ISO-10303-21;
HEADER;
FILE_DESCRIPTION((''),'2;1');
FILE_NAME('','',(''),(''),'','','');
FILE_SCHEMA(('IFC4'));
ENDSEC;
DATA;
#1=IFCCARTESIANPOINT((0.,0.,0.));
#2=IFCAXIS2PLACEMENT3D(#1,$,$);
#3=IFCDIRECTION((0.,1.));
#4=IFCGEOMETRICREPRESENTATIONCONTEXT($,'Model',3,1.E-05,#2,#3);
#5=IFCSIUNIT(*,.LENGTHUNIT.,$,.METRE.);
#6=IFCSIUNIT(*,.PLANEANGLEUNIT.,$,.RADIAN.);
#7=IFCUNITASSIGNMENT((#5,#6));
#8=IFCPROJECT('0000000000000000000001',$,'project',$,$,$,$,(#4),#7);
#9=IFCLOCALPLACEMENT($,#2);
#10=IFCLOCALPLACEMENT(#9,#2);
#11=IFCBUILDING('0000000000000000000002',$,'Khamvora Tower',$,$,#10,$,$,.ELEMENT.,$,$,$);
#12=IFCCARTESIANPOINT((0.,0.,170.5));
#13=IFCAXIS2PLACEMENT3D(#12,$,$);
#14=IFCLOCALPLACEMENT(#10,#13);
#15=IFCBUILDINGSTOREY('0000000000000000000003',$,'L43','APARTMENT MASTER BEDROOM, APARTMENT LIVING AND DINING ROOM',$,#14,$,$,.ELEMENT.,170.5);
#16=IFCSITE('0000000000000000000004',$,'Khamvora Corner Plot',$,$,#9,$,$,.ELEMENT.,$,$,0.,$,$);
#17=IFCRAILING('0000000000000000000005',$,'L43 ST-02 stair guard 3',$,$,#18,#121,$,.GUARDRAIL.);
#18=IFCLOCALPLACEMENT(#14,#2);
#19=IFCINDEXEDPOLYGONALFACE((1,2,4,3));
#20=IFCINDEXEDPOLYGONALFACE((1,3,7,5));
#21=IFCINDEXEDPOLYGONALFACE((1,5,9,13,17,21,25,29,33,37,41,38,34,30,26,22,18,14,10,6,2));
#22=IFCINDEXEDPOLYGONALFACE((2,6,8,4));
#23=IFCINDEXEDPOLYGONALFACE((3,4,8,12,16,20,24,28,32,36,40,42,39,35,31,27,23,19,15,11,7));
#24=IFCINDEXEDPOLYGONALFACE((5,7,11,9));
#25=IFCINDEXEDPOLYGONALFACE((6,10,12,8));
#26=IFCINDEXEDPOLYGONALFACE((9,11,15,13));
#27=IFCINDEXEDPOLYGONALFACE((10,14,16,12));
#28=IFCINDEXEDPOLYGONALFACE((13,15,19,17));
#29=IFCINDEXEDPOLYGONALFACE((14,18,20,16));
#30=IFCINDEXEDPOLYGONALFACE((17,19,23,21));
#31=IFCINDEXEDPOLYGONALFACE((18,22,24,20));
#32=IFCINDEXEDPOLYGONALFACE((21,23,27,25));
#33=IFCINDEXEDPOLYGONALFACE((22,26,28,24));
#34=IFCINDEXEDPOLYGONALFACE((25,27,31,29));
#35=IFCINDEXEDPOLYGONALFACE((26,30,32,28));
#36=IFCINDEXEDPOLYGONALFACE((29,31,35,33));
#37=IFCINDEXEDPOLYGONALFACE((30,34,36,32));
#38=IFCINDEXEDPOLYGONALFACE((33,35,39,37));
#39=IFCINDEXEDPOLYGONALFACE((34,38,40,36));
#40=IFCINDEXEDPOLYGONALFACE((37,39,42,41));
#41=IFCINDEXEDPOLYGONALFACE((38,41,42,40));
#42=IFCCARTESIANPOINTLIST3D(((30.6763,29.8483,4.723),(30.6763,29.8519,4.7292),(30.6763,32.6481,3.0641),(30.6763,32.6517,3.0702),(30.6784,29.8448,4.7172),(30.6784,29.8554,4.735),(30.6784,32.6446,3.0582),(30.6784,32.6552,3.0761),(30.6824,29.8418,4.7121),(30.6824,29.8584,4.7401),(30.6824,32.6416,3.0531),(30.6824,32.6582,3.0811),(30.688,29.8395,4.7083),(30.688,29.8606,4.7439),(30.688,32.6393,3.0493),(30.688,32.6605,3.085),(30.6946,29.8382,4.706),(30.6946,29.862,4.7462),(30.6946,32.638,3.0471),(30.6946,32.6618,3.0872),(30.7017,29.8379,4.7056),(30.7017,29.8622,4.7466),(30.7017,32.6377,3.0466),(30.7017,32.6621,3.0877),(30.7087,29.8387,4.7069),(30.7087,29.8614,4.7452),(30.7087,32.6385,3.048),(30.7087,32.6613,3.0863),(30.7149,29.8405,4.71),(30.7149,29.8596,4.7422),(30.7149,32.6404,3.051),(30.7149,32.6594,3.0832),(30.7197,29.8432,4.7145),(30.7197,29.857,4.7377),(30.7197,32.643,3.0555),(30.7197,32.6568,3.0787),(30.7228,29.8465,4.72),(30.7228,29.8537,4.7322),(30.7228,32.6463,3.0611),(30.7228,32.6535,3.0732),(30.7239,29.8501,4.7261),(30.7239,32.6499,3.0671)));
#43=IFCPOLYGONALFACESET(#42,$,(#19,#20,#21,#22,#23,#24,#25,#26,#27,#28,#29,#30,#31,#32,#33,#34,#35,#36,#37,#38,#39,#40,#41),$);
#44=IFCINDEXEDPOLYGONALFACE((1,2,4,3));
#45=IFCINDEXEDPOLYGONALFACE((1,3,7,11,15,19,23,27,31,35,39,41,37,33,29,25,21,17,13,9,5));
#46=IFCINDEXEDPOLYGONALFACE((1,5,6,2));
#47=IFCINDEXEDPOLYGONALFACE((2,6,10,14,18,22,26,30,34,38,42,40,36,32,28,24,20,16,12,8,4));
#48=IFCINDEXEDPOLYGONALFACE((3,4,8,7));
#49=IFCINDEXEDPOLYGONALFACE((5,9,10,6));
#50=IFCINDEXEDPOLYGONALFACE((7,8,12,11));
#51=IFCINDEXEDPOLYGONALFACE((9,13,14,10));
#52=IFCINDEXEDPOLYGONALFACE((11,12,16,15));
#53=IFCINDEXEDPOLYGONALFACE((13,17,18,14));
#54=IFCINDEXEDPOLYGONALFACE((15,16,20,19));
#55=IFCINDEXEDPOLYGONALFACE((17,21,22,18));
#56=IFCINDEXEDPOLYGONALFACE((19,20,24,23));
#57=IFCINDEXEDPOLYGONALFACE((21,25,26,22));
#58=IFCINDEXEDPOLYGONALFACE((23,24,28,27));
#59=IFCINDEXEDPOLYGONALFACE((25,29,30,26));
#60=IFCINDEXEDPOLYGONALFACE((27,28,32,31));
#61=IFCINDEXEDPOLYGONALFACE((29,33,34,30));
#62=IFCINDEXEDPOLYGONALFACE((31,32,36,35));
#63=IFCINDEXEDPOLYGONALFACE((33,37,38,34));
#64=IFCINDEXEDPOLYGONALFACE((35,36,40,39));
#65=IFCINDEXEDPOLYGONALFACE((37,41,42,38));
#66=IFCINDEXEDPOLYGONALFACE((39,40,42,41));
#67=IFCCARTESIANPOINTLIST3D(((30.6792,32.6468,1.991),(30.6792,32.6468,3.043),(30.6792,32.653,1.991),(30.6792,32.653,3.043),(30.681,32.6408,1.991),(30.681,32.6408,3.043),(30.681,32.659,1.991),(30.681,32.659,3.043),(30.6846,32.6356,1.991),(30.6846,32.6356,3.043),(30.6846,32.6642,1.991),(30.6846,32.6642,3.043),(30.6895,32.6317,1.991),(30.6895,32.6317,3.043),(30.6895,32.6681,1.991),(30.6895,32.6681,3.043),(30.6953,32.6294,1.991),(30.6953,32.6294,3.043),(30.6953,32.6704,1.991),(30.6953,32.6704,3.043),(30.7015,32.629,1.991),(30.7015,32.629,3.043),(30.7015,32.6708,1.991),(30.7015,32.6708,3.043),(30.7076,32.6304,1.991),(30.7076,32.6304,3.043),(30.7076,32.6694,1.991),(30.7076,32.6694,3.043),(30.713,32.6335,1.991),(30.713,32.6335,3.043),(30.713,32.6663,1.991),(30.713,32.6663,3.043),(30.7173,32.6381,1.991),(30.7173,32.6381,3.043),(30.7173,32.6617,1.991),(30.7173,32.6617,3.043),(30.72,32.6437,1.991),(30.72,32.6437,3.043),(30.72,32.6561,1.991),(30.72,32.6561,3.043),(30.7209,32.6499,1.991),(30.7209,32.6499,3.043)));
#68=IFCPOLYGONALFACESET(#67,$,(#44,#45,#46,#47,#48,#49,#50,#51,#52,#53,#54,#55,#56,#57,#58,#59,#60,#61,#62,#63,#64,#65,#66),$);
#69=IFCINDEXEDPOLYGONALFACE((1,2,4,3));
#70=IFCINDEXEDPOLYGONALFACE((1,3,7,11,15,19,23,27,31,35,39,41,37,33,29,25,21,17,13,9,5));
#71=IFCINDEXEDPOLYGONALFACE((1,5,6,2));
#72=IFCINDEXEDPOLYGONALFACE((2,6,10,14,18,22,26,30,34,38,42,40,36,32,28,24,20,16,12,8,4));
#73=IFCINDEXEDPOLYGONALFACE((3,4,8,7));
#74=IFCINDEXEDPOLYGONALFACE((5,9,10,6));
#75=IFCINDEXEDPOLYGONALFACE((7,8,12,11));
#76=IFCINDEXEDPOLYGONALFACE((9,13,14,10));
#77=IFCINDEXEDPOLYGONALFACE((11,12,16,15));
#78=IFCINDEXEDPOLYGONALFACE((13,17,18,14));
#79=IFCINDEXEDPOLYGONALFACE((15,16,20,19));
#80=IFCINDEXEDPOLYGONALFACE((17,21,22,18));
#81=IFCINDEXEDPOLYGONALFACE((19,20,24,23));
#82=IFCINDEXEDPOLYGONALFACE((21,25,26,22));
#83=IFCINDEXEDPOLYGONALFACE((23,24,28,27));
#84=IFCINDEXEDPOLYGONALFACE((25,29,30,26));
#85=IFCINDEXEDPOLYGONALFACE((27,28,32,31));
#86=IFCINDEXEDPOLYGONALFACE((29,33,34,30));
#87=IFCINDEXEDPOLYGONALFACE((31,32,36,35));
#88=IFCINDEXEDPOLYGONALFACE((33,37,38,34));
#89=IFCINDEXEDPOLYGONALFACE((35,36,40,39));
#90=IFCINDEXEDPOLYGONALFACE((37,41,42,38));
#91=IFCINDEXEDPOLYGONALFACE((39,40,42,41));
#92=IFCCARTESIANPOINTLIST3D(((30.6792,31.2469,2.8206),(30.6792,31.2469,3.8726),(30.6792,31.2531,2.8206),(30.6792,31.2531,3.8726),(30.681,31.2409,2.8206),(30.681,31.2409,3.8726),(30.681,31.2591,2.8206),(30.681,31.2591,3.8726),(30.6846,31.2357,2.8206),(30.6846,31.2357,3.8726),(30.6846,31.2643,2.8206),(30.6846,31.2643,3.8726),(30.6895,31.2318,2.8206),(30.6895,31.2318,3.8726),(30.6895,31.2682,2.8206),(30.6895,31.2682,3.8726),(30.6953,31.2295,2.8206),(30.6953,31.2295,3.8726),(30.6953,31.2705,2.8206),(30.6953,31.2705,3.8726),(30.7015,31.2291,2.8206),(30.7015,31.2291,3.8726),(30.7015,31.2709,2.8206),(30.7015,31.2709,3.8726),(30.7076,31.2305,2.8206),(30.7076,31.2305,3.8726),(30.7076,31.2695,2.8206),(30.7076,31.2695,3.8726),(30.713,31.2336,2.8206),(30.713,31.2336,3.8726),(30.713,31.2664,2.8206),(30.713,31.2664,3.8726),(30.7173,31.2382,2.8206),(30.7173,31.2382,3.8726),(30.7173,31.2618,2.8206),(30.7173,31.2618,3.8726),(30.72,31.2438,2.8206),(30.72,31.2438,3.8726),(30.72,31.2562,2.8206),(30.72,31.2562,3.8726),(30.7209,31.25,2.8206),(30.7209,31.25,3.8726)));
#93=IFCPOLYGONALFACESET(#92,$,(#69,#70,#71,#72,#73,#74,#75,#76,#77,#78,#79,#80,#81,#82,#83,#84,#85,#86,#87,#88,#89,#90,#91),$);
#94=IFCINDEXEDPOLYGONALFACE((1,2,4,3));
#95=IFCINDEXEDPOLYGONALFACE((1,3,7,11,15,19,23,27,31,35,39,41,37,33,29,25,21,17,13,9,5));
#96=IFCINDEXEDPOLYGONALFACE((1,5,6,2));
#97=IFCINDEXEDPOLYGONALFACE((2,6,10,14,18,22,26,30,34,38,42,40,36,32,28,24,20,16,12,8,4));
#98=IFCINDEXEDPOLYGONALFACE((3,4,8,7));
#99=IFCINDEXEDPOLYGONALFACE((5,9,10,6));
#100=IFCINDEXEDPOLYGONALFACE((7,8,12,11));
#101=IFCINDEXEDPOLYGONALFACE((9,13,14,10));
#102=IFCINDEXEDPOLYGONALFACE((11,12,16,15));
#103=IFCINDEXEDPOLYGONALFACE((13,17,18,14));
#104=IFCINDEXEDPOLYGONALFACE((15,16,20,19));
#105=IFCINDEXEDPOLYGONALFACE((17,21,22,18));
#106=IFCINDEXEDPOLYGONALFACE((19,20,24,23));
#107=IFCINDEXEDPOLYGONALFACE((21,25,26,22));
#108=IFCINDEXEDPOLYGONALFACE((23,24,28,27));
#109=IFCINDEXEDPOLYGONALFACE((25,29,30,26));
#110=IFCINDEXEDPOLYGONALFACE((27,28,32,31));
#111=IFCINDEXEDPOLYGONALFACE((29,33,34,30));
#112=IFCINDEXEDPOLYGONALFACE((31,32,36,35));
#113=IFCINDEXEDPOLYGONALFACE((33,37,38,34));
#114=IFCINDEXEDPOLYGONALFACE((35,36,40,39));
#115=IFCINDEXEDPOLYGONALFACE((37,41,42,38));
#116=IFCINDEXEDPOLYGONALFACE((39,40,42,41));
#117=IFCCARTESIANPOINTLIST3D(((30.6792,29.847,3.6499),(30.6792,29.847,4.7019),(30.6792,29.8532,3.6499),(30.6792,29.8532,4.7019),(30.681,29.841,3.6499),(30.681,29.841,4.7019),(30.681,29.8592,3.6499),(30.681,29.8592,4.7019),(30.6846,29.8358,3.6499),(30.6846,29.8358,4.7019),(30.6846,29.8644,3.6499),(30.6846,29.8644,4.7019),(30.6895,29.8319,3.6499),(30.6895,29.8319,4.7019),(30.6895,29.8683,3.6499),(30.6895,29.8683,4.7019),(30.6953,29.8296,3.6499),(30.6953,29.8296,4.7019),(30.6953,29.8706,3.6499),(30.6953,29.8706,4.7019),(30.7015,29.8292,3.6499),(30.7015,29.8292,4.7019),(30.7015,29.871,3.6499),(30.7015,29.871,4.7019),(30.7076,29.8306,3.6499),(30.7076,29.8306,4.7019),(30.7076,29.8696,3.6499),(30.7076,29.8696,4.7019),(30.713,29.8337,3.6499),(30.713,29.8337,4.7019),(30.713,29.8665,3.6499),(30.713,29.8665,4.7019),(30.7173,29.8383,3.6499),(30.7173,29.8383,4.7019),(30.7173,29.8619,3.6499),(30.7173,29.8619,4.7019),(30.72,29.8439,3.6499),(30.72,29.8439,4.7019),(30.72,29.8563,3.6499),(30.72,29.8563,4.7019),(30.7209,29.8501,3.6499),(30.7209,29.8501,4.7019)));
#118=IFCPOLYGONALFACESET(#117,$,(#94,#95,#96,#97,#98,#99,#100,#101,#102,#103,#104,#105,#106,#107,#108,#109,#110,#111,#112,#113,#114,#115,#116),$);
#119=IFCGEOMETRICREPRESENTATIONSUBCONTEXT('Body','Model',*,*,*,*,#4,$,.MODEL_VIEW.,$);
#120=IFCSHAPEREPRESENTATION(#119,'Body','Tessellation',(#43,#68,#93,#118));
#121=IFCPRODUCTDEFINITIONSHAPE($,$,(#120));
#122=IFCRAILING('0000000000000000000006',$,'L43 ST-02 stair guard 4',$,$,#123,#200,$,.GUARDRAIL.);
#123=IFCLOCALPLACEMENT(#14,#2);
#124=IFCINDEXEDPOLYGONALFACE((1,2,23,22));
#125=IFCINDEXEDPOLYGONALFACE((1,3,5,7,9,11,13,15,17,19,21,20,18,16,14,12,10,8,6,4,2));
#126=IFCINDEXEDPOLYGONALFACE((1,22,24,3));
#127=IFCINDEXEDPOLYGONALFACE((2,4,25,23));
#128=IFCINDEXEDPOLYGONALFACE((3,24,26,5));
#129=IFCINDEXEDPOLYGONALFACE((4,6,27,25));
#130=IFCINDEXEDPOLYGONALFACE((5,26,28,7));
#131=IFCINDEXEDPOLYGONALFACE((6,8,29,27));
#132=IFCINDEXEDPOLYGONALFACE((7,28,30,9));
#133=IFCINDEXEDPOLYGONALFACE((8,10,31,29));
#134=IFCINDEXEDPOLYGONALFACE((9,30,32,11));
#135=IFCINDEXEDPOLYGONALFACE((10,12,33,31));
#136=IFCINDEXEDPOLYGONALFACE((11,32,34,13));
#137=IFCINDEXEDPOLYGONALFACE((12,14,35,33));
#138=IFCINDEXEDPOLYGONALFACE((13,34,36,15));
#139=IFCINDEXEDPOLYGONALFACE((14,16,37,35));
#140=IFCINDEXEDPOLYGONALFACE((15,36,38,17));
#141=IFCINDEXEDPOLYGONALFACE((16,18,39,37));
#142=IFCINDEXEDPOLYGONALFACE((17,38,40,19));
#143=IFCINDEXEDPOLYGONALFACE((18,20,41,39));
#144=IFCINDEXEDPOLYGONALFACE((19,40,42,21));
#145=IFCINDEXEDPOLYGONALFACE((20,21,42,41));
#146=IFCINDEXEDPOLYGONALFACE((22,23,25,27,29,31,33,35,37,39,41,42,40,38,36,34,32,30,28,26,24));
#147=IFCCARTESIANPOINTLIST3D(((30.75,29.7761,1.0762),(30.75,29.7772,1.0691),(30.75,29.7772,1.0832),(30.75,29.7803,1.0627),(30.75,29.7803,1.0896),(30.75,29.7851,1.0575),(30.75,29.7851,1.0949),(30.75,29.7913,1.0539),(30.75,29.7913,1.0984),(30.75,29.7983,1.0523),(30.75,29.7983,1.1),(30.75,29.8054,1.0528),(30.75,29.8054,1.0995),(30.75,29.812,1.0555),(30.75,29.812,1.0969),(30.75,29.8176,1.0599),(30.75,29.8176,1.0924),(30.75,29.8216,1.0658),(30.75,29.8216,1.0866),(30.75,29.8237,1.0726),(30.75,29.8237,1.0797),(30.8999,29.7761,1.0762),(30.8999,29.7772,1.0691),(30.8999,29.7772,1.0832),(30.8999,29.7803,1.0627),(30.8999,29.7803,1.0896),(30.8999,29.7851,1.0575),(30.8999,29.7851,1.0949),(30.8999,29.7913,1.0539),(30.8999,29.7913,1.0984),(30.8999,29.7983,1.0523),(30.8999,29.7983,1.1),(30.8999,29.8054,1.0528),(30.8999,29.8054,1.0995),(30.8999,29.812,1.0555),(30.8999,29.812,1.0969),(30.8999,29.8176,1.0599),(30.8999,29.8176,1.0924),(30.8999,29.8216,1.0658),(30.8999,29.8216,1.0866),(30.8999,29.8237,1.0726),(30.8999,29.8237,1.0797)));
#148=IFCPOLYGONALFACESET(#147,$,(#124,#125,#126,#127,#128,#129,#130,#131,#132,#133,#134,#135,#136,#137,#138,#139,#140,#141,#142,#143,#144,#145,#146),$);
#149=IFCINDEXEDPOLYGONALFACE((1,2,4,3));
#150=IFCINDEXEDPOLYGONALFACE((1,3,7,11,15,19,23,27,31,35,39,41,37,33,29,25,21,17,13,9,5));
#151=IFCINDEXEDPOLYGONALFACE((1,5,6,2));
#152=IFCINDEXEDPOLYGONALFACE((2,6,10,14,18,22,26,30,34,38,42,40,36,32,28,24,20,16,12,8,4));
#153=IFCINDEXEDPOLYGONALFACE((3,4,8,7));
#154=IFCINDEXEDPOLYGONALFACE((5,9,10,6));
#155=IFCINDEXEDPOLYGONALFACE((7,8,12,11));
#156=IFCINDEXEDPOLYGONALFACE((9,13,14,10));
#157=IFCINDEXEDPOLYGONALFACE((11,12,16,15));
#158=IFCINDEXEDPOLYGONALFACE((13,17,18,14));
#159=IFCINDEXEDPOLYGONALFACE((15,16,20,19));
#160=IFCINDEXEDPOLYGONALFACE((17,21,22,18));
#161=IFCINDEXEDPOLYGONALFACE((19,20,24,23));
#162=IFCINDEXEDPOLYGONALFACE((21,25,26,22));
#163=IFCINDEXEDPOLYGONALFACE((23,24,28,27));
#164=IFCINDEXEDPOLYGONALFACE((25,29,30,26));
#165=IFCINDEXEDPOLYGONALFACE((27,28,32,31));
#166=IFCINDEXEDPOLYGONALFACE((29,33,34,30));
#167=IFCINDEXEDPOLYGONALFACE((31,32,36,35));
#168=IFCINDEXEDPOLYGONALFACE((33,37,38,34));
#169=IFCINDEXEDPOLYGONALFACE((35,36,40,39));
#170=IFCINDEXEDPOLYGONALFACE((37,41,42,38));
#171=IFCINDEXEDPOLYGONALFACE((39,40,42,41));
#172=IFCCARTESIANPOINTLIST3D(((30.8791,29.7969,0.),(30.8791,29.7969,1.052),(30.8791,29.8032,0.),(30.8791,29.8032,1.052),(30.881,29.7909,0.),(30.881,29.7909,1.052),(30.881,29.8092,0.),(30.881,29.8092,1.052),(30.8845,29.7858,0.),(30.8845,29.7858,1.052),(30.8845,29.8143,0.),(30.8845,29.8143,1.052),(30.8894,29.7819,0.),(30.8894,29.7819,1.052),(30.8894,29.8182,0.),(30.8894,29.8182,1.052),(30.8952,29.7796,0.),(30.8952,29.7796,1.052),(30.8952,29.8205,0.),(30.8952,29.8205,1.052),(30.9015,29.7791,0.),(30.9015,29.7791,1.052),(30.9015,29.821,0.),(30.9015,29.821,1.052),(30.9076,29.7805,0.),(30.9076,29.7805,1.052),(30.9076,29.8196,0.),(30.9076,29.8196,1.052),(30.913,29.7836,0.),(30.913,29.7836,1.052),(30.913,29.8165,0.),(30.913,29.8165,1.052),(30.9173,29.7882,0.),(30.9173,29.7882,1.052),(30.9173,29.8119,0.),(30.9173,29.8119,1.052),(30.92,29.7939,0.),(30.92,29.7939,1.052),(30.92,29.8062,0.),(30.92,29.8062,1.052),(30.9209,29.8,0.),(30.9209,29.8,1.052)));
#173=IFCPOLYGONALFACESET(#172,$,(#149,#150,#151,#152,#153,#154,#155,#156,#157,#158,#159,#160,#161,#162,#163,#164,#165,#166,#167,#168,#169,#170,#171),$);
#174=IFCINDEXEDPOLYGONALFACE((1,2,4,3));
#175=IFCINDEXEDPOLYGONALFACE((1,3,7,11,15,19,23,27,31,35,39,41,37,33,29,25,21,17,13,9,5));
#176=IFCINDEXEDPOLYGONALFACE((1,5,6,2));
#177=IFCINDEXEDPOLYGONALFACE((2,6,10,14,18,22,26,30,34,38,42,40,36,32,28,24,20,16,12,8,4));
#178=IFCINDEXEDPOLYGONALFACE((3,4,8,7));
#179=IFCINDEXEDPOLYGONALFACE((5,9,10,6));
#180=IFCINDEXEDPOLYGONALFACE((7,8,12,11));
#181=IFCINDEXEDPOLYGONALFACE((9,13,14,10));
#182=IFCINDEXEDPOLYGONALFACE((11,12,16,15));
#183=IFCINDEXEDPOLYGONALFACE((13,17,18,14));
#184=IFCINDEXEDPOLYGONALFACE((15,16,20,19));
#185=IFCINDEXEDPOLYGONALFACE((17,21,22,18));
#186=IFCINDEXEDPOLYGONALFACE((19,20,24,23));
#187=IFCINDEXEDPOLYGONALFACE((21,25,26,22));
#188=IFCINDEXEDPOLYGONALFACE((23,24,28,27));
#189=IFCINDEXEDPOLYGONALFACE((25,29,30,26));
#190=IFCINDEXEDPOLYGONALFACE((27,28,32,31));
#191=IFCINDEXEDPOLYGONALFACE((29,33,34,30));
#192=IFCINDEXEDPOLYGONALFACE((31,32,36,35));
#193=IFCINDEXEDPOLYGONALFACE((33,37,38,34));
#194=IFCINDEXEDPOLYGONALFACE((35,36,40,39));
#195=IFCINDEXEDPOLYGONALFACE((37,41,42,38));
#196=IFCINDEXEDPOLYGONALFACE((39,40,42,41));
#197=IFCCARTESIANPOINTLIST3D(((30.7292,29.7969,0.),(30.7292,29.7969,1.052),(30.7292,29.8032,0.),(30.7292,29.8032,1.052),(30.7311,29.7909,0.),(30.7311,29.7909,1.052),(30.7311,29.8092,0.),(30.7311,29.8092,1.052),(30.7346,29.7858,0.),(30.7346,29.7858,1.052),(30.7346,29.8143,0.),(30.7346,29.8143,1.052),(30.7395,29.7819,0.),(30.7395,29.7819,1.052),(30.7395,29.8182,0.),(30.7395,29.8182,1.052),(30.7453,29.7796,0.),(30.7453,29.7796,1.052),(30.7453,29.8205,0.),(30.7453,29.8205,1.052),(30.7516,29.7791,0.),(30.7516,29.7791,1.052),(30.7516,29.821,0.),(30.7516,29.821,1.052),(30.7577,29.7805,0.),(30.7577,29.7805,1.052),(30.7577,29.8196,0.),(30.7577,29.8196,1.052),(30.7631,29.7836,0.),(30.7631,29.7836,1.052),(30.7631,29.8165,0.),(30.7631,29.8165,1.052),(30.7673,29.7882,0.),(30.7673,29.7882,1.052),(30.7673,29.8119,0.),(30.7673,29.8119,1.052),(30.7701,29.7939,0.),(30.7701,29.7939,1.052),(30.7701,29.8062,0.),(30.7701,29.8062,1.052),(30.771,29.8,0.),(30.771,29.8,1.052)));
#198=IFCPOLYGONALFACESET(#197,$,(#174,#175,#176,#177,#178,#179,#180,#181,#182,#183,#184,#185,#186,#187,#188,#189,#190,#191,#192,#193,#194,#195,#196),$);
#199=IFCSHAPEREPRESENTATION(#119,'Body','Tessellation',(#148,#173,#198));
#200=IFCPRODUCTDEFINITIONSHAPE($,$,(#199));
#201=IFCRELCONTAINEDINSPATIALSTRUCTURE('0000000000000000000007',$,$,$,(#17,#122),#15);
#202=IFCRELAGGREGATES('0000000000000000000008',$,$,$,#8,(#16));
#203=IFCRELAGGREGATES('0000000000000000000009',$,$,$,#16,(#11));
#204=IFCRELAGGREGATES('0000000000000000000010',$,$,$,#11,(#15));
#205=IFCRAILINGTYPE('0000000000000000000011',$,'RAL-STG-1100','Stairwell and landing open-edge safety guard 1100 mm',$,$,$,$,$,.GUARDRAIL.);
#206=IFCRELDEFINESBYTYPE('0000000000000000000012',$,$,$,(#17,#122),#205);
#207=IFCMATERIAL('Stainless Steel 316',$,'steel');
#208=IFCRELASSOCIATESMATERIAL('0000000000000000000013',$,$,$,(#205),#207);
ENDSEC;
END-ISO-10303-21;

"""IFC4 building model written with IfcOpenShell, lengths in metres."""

from ifc_helpers import new_model, si_unit, direction, frame, origin, origin_2d, place, context, subcontext, project, spatial, circle, extrude, material, type_object, element, save


model = new_model("IFC4")

# Units and contexts
model_context = context("Model", 3, precision=1e-05, world=origin(), true_north=direction((0.0, 1.0)))
body_context = subcontext(model_context, "Body", "Model", "MODEL_VIEW")
ifc_project = project(units=[si_unit("LENGTHUNIT", "METRE"), si_unit("PLANEANGLEUNIT", "RADIAN")], contexts=[model_context])

# Site, building, storey
site_placement = place(None, origin())
site = spatial("IfcSite", under=ifc_project, at=site_placement, Name="Khamvora Corner Plot", CompositionType="ELEMENT", RefElevation=0.0)
building_placement = place(site_placement, origin())
building = spatial("IfcBuilding", under=site, at=building_placement, Name="Khamvora Tower", CompositionType="ELEMENT")
storey_placement = place(building_placement, frame((0.0, 0.0, 170.5)))
storey = spatial("IfcBuildingStorey", under=building, at=storey_placement, Name="L43", Description="APARTMENT MASTER BEDROOM, APARTMENT LIVING AND DINING ROOM", CompositionType="ELEMENT", Elevation=170.5)

# Railings
ifc_material_1 = material(Name="Stainless Steel 316", Category="steel")
railing_type_1 = type_object("IfcRailingType", Name="RAL-STG-1100", Description="Stairwell and landing open-edge safety guard 1100 mm", PredefinedType="GUARDRAIL", material=ifc_material_1)
railing_1_placement = place(storey_placement, frame((30.7, 32.6499, 1.991)))
element("IfcRailing", 1, at=railing_1_placement, inside=storey, type_object=railing_type_1, Name="L43 ST-02 stair guard 3", PredefinedType="GUARDRAIL", context=body_context, shape_type="SweptSolid", body=[
    extrude(circle(Radius=0.0239, at=origin_2d()), frame((0.0, 0.0, 1.0762), z_axis=(0.0, -0.86032, 0.509755), x_axis=(1.0, 0.0, 0.0)), (0.0, 0.0, 1.0), 3.2544),
    extrude(circle(Radius=0.021, at=origin_2d()), origin(), (0.0, 0.0, 1.0), 1.052),
    extrude(circle(Radius=0.021, at=origin_2d()), frame((0.0, -1.3999, 0.8296)), (0.0, 0.0, 1.0), 1.052),
    extrude(circle(Radius=0.021, at=origin_2d()), frame((0.0, -2.7998, 1.6589)), (0.0, 0.0, 1.0), 1.052),
])
railing_2_placement = place(storey_placement, frame((30.8999, 29.8, 0.0)))
element("IfcRailing", 2, at=railing_2_placement, inside=storey, type_object=railing_type_1, Name="L43 ST-02 stair guard 4", PredefinedType="GUARDRAIL", context=body_context, shape_type="SweptSolid", body=[
    extrude(circle(Radius=0.0239, at=origin_2d()), frame((0.0, 0.0, 1.0762), z_axis=(-1.0, 0.0, 0.0), x_axis=(0.0, -1.0, 0.0)), (0.0, 0.0, 1.0), 0.1499),
    extrude(circle(Radius=0.021, at=origin_2d()), origin(), (0.0, 0.0, 1.0), 1.052),
    extrude(circle(Radius=0.021, at=origin_2d()), frame((-0.1499, 0.0, 0.0)), (0.0, 0.0, 1.0), 1.052),
])

save(model, "model.ifc")
